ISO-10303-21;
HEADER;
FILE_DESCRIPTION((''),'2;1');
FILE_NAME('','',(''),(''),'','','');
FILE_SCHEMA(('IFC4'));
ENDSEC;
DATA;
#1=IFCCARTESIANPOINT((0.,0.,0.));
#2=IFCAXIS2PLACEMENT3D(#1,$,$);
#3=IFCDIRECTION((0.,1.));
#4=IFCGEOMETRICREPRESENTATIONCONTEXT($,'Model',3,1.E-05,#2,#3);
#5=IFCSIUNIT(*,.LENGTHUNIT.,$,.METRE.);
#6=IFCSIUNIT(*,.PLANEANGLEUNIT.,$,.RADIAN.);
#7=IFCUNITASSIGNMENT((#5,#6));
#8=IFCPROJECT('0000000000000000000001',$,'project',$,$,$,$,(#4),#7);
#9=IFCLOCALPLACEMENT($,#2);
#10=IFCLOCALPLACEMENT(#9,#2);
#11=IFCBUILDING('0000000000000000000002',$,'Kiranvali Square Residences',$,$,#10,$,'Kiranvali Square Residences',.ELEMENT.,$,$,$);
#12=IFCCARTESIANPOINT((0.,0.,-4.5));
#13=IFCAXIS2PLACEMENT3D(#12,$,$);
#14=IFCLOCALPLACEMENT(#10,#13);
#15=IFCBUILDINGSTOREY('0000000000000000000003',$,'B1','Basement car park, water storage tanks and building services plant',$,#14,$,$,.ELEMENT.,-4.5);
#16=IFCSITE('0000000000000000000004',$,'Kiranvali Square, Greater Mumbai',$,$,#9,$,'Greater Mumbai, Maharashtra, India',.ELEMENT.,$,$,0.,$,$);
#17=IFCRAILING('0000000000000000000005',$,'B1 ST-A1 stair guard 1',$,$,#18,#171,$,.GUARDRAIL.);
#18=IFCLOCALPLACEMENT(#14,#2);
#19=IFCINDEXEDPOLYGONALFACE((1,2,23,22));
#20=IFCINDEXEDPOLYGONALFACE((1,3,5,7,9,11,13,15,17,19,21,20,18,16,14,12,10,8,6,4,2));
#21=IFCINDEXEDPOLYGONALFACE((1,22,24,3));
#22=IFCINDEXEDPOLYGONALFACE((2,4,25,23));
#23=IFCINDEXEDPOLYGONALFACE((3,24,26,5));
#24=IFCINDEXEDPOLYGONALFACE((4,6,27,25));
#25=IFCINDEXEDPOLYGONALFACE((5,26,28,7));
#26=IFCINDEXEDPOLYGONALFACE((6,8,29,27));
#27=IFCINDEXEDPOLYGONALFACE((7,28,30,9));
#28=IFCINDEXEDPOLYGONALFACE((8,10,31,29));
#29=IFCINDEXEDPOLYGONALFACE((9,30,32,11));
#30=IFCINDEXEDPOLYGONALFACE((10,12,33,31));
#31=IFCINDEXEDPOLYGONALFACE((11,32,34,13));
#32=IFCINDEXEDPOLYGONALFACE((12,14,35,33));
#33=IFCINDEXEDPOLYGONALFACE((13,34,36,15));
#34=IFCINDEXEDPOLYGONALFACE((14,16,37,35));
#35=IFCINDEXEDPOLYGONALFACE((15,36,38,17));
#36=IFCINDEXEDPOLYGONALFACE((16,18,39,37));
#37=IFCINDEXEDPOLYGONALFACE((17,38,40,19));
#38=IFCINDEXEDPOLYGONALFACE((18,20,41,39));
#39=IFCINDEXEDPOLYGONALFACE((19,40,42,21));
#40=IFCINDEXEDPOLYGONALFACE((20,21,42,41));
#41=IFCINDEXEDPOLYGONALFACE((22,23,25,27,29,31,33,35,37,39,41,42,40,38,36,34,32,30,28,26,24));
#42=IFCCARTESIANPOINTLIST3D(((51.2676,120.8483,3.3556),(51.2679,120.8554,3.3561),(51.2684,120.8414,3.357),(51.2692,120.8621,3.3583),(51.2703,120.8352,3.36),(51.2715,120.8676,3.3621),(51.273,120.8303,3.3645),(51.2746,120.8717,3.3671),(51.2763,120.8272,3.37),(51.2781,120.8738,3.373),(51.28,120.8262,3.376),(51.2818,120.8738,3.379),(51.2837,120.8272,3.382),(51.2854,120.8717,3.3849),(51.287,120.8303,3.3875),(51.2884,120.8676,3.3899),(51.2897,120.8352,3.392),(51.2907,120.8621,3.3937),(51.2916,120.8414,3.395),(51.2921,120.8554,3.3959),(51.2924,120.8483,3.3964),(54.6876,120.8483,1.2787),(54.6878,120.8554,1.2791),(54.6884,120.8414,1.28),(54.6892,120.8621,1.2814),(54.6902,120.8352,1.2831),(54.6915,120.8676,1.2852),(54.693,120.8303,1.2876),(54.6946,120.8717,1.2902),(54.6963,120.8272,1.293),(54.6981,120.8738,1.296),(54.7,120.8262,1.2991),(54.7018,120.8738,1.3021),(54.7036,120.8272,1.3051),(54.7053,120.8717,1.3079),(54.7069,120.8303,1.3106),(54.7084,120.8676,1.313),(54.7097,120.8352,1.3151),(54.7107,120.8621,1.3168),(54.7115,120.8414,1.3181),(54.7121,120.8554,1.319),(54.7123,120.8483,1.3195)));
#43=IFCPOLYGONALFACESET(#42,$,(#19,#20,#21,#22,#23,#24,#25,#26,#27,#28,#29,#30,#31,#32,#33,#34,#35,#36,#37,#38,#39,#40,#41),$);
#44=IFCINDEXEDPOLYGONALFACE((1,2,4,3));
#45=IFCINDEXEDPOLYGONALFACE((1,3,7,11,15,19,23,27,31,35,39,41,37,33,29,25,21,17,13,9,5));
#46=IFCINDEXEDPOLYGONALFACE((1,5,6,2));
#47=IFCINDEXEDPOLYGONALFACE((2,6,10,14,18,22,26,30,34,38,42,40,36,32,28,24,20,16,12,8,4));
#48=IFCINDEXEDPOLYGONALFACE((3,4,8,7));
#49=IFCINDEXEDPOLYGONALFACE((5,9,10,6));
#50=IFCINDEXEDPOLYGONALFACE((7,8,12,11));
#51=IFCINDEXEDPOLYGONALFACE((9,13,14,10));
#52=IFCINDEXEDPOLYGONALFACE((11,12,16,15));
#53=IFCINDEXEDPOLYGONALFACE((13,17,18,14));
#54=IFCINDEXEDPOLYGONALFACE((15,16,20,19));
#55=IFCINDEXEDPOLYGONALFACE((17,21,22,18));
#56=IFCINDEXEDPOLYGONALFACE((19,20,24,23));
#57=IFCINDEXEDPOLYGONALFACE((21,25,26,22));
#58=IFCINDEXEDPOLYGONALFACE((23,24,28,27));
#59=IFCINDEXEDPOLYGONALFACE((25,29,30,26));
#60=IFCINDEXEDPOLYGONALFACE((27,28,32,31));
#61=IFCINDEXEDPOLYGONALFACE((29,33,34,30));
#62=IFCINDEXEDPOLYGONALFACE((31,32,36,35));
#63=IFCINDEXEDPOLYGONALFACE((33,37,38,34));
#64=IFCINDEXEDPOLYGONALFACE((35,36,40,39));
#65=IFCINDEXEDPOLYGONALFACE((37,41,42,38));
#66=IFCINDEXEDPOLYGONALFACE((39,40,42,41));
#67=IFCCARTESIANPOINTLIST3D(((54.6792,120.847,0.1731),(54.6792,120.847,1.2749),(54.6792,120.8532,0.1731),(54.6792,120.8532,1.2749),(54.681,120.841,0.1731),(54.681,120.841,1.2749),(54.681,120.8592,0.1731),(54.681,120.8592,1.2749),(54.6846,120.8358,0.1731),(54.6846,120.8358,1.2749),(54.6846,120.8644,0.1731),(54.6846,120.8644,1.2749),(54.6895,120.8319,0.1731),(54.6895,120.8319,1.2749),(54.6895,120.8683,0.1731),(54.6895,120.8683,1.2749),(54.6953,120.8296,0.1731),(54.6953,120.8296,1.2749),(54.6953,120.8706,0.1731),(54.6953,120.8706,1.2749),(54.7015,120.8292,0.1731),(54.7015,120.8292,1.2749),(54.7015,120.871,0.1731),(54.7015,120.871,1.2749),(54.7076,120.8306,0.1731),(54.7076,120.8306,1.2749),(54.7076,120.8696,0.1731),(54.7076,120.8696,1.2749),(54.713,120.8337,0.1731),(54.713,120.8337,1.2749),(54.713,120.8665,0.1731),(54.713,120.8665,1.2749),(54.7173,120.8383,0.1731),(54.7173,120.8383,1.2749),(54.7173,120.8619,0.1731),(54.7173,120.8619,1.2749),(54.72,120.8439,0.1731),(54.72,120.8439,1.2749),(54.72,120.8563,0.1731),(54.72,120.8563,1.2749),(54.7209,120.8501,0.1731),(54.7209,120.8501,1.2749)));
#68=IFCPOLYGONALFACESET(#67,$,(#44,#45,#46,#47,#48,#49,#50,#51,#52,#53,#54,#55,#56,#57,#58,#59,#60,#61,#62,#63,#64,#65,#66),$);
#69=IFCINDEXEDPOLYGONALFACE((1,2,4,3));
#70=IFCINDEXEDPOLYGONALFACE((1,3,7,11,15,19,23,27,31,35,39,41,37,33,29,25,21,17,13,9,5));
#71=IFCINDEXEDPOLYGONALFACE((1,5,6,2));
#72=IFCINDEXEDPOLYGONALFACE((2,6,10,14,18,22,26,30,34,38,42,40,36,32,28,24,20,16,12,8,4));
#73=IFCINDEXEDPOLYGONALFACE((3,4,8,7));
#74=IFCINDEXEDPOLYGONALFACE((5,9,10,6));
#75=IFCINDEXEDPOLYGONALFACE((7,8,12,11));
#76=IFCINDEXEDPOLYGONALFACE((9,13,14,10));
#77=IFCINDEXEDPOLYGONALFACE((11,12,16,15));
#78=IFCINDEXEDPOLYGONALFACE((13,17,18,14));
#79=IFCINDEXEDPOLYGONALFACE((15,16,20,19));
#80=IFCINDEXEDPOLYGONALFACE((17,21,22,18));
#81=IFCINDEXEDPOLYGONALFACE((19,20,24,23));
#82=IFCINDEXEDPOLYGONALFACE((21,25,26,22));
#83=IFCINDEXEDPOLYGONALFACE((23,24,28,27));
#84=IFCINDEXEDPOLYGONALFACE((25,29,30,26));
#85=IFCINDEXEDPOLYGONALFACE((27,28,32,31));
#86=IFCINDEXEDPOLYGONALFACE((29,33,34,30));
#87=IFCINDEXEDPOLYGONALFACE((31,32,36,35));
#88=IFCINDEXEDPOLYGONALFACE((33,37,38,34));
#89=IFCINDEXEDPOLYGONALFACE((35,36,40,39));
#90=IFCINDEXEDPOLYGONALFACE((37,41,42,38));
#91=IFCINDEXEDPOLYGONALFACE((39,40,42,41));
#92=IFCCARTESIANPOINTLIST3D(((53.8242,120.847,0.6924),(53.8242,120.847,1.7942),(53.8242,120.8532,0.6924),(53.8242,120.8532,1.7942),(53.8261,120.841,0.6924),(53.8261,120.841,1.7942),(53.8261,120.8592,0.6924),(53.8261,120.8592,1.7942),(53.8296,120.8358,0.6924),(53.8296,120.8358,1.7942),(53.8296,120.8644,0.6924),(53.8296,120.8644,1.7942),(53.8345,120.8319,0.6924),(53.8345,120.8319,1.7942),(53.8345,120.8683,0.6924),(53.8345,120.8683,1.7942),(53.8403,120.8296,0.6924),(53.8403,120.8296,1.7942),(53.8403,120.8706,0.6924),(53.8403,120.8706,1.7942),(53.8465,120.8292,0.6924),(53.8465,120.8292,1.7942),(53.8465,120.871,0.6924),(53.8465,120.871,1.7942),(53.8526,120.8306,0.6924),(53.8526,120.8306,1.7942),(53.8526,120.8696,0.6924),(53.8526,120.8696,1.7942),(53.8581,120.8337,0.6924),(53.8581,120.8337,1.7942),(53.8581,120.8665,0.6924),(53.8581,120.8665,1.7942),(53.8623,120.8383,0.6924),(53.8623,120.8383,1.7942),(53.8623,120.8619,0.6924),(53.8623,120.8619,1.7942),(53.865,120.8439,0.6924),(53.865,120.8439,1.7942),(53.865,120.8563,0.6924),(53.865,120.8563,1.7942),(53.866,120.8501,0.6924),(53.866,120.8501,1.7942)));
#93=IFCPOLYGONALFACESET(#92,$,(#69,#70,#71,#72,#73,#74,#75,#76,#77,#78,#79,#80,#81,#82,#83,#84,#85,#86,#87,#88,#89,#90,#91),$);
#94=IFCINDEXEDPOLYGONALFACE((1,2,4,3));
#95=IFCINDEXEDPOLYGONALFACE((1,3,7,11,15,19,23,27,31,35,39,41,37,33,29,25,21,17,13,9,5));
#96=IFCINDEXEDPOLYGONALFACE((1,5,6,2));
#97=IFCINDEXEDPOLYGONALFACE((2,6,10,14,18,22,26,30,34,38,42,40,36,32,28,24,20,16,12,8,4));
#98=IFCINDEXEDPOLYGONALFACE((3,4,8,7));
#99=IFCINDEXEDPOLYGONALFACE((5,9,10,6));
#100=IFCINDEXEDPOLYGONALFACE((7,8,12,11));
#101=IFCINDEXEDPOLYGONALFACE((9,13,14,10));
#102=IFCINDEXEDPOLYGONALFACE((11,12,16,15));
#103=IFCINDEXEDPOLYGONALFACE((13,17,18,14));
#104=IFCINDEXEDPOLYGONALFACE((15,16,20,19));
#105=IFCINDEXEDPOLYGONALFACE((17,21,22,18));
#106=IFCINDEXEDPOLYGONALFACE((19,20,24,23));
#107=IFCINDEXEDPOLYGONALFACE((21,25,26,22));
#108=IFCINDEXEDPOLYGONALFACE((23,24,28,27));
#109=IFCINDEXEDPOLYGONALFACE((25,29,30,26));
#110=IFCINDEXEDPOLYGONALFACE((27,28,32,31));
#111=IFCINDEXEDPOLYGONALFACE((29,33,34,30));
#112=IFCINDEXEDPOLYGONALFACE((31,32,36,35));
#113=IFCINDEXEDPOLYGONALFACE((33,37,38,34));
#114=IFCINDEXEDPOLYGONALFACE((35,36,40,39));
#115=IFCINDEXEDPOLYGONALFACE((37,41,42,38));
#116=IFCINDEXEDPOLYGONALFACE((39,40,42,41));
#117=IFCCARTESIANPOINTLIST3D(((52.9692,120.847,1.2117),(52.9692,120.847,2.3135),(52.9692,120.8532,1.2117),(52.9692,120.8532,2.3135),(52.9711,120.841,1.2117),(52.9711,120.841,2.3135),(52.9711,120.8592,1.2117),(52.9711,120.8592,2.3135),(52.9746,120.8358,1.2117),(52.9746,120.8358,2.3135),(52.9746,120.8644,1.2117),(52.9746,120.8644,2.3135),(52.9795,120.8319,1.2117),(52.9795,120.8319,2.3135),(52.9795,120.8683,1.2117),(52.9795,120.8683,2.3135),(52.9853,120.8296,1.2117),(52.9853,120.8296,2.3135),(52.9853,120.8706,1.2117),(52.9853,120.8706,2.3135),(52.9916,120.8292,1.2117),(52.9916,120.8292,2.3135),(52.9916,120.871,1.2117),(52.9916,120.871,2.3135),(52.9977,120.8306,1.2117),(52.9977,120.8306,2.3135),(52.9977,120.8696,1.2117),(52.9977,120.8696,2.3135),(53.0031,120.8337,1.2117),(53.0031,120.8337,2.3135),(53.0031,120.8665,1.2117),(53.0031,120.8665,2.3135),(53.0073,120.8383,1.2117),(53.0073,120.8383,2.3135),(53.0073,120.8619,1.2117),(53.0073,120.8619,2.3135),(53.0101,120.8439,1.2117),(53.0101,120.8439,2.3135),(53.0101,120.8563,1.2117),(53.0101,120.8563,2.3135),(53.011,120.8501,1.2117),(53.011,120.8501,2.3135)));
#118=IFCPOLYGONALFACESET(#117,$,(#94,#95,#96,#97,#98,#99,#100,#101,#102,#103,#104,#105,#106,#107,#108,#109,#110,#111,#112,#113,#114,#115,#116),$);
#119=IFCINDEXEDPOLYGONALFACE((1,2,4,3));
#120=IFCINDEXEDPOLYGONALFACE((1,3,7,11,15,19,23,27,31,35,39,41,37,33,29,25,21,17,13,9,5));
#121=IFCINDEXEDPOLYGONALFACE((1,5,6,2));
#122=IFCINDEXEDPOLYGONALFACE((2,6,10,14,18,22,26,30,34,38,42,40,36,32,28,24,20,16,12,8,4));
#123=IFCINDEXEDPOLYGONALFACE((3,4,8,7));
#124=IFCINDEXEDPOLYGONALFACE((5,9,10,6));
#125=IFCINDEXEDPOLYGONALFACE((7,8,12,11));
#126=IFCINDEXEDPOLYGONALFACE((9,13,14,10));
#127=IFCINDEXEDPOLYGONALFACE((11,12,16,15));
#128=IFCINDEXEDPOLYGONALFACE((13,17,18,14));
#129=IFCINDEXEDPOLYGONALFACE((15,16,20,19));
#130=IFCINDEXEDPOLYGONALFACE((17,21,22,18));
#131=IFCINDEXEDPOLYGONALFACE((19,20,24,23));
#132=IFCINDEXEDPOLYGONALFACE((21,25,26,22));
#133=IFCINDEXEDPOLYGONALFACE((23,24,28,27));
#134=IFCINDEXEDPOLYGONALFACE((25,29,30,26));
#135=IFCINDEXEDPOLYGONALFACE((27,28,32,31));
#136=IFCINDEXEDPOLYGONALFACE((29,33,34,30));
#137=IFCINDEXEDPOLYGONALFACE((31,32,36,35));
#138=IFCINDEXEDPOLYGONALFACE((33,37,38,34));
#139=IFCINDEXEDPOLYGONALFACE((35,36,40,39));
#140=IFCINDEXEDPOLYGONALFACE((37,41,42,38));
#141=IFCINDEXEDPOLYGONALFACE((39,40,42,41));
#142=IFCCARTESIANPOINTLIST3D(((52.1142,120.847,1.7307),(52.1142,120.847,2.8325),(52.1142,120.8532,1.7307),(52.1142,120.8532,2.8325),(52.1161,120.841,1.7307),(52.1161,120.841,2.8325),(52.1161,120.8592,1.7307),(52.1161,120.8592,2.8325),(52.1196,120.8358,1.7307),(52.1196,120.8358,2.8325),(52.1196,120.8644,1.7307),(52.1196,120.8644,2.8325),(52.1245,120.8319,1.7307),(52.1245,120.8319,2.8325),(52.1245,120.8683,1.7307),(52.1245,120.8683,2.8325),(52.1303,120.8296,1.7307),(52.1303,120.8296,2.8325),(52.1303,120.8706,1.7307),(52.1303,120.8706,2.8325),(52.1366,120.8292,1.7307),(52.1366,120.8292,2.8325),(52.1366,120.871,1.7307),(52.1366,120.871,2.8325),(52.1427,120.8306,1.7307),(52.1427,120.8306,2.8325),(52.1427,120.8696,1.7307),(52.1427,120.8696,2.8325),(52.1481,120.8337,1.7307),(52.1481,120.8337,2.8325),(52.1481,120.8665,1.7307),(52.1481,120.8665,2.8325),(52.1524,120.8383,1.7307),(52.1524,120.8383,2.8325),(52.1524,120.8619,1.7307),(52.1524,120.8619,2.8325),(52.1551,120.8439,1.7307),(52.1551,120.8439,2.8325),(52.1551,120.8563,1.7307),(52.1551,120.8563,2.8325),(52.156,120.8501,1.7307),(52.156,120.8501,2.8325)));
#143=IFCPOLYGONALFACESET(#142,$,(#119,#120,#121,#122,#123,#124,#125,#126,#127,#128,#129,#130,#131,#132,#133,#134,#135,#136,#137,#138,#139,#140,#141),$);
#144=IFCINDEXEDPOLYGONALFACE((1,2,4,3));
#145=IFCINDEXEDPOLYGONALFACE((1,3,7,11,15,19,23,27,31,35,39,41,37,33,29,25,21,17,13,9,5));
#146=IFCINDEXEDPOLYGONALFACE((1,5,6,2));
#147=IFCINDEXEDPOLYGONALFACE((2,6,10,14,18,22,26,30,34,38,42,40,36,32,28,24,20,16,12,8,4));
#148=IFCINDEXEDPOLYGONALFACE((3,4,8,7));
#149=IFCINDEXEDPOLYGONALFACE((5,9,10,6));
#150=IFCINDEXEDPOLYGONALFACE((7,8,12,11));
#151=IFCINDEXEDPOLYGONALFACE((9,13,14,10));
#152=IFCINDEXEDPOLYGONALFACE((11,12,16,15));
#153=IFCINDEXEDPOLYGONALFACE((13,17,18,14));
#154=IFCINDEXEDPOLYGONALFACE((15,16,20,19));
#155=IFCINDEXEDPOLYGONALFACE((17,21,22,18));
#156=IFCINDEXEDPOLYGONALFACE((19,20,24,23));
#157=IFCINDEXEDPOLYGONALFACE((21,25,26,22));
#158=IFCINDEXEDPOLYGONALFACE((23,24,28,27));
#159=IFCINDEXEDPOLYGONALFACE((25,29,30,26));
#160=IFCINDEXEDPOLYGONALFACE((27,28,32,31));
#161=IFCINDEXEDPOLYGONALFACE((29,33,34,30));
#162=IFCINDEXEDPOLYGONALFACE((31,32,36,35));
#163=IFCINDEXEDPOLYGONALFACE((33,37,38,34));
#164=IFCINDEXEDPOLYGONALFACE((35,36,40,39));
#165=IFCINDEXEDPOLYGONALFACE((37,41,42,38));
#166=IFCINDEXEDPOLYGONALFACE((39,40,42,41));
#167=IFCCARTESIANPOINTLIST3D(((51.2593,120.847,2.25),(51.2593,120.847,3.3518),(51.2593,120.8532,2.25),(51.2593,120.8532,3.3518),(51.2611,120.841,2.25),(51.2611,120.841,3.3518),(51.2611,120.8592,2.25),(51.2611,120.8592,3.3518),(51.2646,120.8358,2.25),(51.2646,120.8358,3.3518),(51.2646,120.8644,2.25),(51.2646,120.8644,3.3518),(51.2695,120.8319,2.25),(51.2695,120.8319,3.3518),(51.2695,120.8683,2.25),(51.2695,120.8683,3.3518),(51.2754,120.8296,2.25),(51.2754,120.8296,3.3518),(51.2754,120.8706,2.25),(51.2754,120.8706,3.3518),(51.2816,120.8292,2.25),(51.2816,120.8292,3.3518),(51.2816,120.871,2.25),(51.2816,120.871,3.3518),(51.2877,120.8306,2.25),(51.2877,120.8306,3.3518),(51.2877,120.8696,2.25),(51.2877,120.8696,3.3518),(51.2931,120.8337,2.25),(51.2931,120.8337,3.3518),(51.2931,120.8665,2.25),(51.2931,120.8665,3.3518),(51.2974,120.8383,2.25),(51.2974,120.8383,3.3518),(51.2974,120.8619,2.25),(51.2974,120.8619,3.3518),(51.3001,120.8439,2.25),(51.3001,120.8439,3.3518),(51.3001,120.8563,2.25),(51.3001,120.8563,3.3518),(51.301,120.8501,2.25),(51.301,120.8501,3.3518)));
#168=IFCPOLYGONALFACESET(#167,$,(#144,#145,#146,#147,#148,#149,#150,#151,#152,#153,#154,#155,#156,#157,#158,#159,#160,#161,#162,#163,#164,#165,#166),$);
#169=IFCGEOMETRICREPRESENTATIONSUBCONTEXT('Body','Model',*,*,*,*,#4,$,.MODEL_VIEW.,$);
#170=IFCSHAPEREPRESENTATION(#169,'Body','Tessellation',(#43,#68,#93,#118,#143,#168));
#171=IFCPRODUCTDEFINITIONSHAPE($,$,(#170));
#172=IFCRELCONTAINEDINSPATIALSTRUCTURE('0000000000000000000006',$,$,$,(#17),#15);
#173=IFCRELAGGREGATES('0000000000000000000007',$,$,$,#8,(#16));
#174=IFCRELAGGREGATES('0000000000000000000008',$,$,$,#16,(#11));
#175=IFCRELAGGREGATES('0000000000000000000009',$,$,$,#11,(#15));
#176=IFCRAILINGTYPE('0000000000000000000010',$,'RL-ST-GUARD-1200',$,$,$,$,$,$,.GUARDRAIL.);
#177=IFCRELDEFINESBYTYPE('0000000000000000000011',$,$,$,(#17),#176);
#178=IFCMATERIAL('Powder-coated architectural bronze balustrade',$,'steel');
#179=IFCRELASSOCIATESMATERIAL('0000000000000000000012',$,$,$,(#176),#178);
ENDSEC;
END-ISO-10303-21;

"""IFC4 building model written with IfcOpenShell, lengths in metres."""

from ifc_helpers import new_model, si_unit, direction, frame, origin, origin_2d, place, context, subcontext, project, spatial, circle, extrude, material, type_object, element, save


model = new_model("IFC4")

# Units and contexts
model_context = context("Model", 3, precision=1e-05, world=origin(), true_north=direction((0.0, 1.0)))
body_context = subcontext(model_context, "Body", "Model", "MODEL_VIEW")
ifc_project = project(units=[si_unit("LENGTHUNIT", "METRE"), si_unit("PLANEANGLEUNIT", "RADIAN")], contexts=[model_context])

# Site, building, storey
site_placement = place(None, origin())
site = spatial("IfcSite", under=ifc_project, at=site_placement, Name="Kiranvali Square, Greater Mumbai", LongName="Greater Mumbai, Maharashtra, India", CompositionType="ELEMENT", RefElevation=0.0)
building_placement = place(site_placement, origin())
building = spatial("IfcBuilding", under=site, at=building_placement, Name="Kiranvali Square Residences", LongName="Kiranvali Square Residences", CompositionType="ELEMENT")
storey_placement = place(building_placement, frame((0.0, 0.0, -4.5)))
storey = spatial("IfcBuildingStorey", under=building, at=storey_placement, Name="B1", Description="Basement car park, water storage tanks and building services plant", CompositionType="ELEMENT", Elevation=-4.5)

# Railing
ifc_material_1 = material(Name="Powder-coated architectural bronze balustrade", Category="steel")
railing_type_1 = type_object("IfcRailingType", Name="RL-ST-GUARD-1200", PredefinedType="GUARDRAIL", material=ifc_material_1)
railing_1_placement = place(storey_placement, frame((54.7, 120.8501, 0.1731)))
element("IfcRailing", 1, at=railing_1_placement, inside=storey, type_object=railing_type_1, Name="B1 ST-A1 stair guard 1", PredefinedType="GUARDRAIL", context=body_context, shape_type="SweptSolid", body=[
    extrude(circle(Radius=0.0239, at=origin_2d()), frame((0.0, 0.0, 1.126), z_axis=(-0.85473, 0.0, 0.519074), x_axis=(0.0, -1.0, 0.0)), (0.0, 0.0, 1.0), 4.0012),
    extrude(circle(Radius=0.021, at=origin_2d()), origin(), (0.0, 0.0, 1.0), 1.1018),
    extrude(circle(Radius=0.021, at=origin_2d()), frame((-0.855, 0.0, 0.5193)), (0.0, 0.0, 1.0), 1.1018),
    extrude(circle(Radius=0.021, at=origin_2d()), frame((-1.71, 0.0, 1.0386)), (0.0, 0.0, 1.0), 1.1018),
    extrude(circle(Radius=0.021, at=origin_2d()), frame((-2.5649, 0.0, 1.5576)), (0.0, 0.0, 1.0), 1.1018),
    extrude(circle(Radius=0.021, at=origin_2d()), frame((-3.4199, 0.0, 2.0769)), (0.0, 0.0, 1.0), 1.1018),
])

save(model, "model.ifc")
